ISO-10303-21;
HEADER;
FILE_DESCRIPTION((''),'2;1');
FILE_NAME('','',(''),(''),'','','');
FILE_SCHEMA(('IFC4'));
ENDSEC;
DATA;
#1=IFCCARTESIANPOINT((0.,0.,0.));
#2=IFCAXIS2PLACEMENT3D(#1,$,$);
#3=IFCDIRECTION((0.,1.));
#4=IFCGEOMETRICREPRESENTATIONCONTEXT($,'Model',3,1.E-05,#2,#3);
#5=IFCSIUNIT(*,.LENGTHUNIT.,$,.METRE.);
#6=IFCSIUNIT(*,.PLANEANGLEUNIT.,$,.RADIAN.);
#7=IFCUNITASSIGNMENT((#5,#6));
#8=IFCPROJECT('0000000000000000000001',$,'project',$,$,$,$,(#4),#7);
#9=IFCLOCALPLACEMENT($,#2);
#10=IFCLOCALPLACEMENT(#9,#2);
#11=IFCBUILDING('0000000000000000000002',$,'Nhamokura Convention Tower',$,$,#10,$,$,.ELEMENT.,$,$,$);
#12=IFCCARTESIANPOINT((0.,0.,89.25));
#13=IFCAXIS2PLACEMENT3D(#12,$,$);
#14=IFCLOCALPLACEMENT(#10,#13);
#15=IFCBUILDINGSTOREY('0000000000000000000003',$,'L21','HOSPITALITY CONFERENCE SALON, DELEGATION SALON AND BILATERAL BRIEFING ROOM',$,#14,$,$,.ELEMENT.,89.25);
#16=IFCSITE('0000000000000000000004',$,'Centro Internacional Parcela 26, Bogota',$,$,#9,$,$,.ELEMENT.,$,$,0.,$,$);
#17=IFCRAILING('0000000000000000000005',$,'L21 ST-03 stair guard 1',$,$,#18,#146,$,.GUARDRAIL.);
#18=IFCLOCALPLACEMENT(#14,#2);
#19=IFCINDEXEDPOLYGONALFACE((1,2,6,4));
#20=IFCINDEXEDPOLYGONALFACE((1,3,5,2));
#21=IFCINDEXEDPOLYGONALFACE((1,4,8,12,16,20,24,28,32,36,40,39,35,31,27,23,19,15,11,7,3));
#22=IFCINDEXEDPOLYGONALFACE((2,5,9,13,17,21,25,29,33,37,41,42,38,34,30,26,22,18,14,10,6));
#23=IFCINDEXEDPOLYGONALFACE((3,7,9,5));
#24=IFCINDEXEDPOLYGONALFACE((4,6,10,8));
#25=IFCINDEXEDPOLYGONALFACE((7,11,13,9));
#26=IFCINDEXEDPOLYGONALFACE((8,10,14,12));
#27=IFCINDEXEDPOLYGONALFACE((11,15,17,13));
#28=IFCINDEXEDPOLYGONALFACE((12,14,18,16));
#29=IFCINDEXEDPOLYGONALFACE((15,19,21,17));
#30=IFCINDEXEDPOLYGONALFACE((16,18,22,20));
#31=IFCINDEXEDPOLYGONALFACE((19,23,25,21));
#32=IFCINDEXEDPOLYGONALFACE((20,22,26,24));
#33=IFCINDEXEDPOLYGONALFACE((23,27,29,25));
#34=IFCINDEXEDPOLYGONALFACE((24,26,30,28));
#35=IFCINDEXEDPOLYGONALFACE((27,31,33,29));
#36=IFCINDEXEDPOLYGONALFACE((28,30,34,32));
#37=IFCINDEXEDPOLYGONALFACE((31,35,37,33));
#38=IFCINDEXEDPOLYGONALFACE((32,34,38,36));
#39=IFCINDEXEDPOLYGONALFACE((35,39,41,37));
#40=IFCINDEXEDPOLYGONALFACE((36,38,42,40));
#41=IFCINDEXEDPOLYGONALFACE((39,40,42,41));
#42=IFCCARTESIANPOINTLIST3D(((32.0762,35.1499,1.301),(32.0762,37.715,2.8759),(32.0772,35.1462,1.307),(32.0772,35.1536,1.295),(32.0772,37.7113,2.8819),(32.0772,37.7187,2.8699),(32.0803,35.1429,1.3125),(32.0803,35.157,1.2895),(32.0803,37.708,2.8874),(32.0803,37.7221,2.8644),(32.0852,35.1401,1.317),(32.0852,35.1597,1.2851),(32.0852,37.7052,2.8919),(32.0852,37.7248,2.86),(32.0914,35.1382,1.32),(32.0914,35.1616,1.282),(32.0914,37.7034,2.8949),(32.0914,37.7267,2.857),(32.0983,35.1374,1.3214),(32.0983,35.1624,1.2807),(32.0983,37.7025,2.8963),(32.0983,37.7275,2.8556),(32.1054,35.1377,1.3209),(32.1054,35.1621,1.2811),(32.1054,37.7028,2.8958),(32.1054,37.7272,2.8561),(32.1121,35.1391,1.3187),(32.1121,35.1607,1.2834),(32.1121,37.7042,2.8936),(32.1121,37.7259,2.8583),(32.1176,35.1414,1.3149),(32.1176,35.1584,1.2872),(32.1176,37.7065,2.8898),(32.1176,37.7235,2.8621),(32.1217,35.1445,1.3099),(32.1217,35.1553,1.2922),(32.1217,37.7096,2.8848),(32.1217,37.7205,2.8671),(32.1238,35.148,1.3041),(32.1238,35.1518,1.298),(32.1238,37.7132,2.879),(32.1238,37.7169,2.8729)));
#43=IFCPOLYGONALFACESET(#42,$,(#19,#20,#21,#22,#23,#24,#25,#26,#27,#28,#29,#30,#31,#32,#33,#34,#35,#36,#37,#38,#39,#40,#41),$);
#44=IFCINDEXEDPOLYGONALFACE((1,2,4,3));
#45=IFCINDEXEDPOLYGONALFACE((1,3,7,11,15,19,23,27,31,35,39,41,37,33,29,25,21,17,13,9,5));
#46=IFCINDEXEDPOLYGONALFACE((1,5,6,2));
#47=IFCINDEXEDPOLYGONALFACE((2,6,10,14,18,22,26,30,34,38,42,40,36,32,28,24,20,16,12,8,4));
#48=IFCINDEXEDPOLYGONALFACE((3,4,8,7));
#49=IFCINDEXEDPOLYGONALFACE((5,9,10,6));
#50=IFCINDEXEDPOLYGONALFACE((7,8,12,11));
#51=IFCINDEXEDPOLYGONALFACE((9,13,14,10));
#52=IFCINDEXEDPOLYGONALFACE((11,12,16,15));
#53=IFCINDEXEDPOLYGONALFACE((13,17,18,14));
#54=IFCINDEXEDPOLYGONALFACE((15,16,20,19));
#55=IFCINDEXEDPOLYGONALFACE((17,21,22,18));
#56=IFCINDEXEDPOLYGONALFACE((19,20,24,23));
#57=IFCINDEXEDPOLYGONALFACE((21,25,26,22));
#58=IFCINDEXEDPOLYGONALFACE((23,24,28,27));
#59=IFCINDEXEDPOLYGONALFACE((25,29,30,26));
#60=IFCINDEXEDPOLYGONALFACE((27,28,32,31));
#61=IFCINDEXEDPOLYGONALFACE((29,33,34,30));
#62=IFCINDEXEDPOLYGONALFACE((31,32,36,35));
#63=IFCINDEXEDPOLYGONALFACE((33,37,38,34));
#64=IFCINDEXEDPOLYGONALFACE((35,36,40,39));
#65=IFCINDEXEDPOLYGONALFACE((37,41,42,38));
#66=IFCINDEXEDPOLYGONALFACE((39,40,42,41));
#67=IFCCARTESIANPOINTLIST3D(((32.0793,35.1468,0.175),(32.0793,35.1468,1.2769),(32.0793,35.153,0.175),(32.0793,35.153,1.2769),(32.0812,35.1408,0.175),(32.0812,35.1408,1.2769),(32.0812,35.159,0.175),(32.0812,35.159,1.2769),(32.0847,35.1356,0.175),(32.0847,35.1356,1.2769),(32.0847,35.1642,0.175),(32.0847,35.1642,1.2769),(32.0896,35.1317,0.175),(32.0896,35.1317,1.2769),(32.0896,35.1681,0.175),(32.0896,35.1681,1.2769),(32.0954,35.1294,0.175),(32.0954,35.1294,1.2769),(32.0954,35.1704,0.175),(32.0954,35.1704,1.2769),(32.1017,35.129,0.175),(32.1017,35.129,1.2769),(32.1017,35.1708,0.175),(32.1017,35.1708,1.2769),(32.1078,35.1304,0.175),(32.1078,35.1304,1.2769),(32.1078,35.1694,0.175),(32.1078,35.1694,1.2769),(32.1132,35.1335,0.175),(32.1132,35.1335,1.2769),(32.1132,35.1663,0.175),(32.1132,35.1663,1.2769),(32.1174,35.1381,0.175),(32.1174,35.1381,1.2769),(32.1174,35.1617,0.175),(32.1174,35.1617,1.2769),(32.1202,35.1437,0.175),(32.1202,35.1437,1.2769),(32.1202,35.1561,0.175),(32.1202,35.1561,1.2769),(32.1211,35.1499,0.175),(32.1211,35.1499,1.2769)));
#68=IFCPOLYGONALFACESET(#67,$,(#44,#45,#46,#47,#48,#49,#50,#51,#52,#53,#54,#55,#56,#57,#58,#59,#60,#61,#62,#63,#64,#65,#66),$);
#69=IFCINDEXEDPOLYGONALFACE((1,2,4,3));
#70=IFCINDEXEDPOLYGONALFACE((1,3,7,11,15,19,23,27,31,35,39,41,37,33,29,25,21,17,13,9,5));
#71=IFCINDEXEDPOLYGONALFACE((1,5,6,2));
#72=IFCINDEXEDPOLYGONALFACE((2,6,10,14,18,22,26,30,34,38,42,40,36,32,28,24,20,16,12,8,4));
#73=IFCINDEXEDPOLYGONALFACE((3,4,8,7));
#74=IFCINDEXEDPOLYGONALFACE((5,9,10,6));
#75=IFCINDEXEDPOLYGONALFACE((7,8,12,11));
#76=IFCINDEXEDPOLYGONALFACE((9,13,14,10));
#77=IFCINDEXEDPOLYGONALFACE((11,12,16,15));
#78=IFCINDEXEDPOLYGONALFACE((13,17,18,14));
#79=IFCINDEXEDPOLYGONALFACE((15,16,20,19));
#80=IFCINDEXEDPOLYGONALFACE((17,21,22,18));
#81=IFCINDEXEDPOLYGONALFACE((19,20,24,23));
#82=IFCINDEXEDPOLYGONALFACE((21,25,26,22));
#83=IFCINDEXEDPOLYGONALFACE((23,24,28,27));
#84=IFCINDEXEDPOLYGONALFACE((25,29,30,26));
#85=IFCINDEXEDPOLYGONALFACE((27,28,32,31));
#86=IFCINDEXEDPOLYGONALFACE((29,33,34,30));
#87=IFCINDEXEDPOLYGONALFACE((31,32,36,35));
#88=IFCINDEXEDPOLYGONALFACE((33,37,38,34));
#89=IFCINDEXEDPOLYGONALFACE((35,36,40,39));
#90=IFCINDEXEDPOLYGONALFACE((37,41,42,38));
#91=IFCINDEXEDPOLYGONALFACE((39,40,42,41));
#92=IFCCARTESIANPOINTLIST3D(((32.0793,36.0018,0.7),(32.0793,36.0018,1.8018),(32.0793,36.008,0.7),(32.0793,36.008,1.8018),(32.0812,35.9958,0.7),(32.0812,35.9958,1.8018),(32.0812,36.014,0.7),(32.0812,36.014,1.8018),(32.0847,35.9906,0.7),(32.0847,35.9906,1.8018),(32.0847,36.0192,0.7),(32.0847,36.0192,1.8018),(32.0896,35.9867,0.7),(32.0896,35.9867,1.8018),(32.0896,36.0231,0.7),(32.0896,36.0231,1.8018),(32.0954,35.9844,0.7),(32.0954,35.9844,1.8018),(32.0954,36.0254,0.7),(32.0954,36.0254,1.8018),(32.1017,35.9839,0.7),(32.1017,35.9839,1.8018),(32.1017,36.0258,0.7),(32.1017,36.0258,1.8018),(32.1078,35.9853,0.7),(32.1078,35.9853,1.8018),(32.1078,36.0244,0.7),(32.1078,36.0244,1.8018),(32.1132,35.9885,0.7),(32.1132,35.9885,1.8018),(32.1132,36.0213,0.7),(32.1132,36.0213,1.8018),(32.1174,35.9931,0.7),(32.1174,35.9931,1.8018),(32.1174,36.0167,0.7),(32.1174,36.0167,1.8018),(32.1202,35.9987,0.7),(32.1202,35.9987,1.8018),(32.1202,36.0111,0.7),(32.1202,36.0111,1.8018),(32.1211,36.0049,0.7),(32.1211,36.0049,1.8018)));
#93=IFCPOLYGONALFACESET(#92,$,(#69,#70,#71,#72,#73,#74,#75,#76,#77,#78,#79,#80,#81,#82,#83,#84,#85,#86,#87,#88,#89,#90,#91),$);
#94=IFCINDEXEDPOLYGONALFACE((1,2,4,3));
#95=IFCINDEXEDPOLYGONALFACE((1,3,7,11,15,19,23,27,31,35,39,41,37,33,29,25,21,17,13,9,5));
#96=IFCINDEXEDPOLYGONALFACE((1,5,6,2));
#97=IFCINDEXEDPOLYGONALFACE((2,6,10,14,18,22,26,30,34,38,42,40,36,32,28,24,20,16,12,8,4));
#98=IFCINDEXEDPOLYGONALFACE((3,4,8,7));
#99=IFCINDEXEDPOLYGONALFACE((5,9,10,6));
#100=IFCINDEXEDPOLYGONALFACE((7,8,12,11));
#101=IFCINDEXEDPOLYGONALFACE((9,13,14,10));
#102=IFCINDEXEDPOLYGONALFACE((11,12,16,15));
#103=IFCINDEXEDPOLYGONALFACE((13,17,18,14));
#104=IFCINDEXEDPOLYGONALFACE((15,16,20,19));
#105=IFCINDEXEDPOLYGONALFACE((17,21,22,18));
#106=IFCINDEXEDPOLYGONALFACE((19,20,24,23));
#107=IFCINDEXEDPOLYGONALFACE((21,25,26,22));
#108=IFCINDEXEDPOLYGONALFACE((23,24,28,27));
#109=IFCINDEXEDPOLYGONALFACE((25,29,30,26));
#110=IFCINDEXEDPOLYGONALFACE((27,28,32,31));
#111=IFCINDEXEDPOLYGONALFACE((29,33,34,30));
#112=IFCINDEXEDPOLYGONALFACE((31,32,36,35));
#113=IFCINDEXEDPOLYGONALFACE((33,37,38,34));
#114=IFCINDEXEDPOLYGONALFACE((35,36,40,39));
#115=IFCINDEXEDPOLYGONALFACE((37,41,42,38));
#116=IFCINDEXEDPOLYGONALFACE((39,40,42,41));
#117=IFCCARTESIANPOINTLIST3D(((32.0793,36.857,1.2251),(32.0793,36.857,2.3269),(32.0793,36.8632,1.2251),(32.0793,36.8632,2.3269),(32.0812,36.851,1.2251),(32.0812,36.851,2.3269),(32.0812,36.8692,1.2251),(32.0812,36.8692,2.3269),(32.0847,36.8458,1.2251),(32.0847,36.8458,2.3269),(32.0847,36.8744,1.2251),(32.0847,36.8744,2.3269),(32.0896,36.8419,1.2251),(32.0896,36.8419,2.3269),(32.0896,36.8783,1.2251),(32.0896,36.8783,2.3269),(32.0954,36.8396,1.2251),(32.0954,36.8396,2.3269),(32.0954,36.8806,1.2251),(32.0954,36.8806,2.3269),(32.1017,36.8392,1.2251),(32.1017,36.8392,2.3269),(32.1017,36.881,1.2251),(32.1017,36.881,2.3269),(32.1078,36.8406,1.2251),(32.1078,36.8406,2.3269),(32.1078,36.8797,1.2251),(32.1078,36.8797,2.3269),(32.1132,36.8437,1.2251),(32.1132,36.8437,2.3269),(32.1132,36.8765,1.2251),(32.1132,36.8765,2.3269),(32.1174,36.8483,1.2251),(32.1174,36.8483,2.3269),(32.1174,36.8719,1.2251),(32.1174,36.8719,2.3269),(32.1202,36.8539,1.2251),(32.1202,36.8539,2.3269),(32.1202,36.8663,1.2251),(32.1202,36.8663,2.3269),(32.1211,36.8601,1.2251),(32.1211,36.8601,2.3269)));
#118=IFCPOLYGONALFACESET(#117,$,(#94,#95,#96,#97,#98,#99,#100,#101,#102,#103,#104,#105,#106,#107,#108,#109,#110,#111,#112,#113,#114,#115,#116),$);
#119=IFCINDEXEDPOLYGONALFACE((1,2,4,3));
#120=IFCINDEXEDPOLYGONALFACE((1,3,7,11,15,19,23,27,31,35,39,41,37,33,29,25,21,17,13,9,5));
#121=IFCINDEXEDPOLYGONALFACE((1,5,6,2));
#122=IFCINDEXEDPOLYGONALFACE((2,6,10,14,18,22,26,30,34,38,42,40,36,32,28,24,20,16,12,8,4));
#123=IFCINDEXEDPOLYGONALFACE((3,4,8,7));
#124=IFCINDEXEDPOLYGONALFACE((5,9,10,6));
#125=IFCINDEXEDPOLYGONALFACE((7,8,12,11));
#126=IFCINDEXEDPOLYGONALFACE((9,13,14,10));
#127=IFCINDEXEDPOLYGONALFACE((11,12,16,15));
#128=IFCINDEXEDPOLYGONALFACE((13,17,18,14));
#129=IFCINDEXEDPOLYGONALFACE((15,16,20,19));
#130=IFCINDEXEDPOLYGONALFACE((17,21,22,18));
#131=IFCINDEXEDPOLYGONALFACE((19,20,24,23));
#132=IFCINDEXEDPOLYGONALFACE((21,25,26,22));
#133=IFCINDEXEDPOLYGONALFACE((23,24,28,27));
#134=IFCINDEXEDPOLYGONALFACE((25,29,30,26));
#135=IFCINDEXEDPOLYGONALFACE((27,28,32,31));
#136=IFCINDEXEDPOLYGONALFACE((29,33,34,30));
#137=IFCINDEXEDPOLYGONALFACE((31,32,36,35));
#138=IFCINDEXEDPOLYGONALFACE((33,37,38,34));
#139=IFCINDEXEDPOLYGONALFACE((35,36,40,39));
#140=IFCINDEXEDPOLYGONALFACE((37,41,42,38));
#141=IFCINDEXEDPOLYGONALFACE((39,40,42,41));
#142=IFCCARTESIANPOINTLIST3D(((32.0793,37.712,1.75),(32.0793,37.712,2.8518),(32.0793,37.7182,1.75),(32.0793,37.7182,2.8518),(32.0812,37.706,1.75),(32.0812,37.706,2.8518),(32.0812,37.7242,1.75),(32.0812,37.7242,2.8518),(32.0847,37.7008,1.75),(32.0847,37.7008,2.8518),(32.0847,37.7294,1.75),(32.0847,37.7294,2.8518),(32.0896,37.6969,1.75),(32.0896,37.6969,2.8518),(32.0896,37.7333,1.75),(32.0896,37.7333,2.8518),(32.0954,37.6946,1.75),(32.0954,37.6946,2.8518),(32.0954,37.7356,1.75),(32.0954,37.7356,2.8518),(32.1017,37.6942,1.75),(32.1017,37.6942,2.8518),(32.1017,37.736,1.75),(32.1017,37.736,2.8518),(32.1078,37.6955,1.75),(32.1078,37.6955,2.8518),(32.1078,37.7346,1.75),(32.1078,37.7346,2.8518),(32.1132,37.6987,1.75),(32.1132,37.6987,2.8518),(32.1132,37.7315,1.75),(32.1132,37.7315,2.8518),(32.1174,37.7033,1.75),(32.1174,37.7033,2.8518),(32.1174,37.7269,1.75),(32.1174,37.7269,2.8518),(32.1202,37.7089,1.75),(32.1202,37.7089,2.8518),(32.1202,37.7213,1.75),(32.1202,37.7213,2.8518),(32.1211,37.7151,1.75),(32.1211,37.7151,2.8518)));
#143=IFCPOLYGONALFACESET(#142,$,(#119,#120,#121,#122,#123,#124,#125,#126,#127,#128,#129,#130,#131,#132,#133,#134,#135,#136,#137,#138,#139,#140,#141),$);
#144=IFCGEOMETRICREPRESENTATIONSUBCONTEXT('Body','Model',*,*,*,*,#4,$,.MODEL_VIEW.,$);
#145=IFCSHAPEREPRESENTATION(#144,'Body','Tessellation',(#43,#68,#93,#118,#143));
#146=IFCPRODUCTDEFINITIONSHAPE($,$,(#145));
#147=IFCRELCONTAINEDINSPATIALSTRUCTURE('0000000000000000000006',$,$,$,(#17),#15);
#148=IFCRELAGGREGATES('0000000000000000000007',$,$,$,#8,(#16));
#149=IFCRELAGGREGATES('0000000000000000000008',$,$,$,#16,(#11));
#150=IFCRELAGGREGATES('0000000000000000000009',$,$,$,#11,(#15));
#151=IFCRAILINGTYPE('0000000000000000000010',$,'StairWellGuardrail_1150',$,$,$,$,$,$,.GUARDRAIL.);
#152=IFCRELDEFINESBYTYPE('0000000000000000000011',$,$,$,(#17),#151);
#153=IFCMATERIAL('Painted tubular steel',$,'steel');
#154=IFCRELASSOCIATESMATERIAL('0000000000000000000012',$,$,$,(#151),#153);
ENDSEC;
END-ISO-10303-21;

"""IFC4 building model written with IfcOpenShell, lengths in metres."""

from ifc_helpers import new_model, si_unit, direction, frame, origin, origin_2d, place, context, subcontext, project, spatial, circle, extrude, material, type_object, element, save


model = new_model("IFC4")

# Units and contexts
model_context = context("Model", 3, precision=1e-05, world=origin(), true_north=direction((0.0, 1.0)))
body_context = subcontext(model_context, "Body", "Model", "MODEL_VIEW")
ifc_project = project(units=[si_unit("LENGTHUNIT", "METRE"), si_unit("PLANEANGLEUNIT", "RADIAN")], contexts=[model_context])

# Site, building, storey
site_placement = place(None, origin())
site = spatial("IfcSite", under=ifc_project, at=site_placement, Name="Centro Internacional Parcela 26, Bogota", CompositionType="ELEMENT", RefElevation=0.0)
building_placement = place(site_placement, origin())
building = spatial("IfcBuilding", under=site, at=building_placement, Name="Nhamokura Convention Tower", CompositionType="ELEMENT")
storey_placement = place(building_placement, frame((0.0, 0.0, 89.25)))
storey = spatial("IfcBuildingStorey", under=building, at=storey_placement, Name="L21", Description="HOSPITALITY CONFERENCE SALON, DELEGATION SALON AND BILATERAL BRIEFING ROOM", CompositionType="ELEMENT", Elevation=89.25)

# Railing
ifc_material_1 = material(Name="Painted tubular steel", Category="steel")
railing_type_1 = type_object("IfcRailingType", Name="StairWellGuardrail_1150", PredefinedType="GUARDRAIL", material=ifc_material_1)
railing_1_placement = place(storey_placement, frame((32.1001, 35.1499, 0.175)))
element("IfcRailing", 1, at=railing_1_placement, inside=storey, type_object=railing_type_1, Name="L21 ST-03 stair guard 1", PredefinedType="GUARDRAIL", context=body_context, shape_type="SweptSolid", body=[
    extrude(circle(Radius=0.0239, at=origin_2d()), frame((0.0, 0.0, 1.126), z_axis=(0.0, 0.852195, 0.523224), x_axis=(-1.0, 0.0, 0.0)), (0.0, 0.0, 1.0), 3.01),
    extrude(circle(Radius=0.021, at=origin_2d()), origin(), (0.0, 0.0, 1.0), 1.1018),
    extrude(circle(Radius=0.021, at=origin_2d()), frame((0.0, 0.855, 0.5249)), (0.0, 0.0, 1.0), 1.1018),
    extrude(circle(Radius=0.021, at=origin_2d()), frame((0.0, 1.7102, 1.05)), (0.0, 0.0, 1.0), 1.1018),
    extrude(circle(Radius=0.021, at=origin_2d()), frame((0.0, 2.5652, 1.575)), (0.0, 0.0, 1.0), 1.1018),
])

save(model, "model.ifc")
